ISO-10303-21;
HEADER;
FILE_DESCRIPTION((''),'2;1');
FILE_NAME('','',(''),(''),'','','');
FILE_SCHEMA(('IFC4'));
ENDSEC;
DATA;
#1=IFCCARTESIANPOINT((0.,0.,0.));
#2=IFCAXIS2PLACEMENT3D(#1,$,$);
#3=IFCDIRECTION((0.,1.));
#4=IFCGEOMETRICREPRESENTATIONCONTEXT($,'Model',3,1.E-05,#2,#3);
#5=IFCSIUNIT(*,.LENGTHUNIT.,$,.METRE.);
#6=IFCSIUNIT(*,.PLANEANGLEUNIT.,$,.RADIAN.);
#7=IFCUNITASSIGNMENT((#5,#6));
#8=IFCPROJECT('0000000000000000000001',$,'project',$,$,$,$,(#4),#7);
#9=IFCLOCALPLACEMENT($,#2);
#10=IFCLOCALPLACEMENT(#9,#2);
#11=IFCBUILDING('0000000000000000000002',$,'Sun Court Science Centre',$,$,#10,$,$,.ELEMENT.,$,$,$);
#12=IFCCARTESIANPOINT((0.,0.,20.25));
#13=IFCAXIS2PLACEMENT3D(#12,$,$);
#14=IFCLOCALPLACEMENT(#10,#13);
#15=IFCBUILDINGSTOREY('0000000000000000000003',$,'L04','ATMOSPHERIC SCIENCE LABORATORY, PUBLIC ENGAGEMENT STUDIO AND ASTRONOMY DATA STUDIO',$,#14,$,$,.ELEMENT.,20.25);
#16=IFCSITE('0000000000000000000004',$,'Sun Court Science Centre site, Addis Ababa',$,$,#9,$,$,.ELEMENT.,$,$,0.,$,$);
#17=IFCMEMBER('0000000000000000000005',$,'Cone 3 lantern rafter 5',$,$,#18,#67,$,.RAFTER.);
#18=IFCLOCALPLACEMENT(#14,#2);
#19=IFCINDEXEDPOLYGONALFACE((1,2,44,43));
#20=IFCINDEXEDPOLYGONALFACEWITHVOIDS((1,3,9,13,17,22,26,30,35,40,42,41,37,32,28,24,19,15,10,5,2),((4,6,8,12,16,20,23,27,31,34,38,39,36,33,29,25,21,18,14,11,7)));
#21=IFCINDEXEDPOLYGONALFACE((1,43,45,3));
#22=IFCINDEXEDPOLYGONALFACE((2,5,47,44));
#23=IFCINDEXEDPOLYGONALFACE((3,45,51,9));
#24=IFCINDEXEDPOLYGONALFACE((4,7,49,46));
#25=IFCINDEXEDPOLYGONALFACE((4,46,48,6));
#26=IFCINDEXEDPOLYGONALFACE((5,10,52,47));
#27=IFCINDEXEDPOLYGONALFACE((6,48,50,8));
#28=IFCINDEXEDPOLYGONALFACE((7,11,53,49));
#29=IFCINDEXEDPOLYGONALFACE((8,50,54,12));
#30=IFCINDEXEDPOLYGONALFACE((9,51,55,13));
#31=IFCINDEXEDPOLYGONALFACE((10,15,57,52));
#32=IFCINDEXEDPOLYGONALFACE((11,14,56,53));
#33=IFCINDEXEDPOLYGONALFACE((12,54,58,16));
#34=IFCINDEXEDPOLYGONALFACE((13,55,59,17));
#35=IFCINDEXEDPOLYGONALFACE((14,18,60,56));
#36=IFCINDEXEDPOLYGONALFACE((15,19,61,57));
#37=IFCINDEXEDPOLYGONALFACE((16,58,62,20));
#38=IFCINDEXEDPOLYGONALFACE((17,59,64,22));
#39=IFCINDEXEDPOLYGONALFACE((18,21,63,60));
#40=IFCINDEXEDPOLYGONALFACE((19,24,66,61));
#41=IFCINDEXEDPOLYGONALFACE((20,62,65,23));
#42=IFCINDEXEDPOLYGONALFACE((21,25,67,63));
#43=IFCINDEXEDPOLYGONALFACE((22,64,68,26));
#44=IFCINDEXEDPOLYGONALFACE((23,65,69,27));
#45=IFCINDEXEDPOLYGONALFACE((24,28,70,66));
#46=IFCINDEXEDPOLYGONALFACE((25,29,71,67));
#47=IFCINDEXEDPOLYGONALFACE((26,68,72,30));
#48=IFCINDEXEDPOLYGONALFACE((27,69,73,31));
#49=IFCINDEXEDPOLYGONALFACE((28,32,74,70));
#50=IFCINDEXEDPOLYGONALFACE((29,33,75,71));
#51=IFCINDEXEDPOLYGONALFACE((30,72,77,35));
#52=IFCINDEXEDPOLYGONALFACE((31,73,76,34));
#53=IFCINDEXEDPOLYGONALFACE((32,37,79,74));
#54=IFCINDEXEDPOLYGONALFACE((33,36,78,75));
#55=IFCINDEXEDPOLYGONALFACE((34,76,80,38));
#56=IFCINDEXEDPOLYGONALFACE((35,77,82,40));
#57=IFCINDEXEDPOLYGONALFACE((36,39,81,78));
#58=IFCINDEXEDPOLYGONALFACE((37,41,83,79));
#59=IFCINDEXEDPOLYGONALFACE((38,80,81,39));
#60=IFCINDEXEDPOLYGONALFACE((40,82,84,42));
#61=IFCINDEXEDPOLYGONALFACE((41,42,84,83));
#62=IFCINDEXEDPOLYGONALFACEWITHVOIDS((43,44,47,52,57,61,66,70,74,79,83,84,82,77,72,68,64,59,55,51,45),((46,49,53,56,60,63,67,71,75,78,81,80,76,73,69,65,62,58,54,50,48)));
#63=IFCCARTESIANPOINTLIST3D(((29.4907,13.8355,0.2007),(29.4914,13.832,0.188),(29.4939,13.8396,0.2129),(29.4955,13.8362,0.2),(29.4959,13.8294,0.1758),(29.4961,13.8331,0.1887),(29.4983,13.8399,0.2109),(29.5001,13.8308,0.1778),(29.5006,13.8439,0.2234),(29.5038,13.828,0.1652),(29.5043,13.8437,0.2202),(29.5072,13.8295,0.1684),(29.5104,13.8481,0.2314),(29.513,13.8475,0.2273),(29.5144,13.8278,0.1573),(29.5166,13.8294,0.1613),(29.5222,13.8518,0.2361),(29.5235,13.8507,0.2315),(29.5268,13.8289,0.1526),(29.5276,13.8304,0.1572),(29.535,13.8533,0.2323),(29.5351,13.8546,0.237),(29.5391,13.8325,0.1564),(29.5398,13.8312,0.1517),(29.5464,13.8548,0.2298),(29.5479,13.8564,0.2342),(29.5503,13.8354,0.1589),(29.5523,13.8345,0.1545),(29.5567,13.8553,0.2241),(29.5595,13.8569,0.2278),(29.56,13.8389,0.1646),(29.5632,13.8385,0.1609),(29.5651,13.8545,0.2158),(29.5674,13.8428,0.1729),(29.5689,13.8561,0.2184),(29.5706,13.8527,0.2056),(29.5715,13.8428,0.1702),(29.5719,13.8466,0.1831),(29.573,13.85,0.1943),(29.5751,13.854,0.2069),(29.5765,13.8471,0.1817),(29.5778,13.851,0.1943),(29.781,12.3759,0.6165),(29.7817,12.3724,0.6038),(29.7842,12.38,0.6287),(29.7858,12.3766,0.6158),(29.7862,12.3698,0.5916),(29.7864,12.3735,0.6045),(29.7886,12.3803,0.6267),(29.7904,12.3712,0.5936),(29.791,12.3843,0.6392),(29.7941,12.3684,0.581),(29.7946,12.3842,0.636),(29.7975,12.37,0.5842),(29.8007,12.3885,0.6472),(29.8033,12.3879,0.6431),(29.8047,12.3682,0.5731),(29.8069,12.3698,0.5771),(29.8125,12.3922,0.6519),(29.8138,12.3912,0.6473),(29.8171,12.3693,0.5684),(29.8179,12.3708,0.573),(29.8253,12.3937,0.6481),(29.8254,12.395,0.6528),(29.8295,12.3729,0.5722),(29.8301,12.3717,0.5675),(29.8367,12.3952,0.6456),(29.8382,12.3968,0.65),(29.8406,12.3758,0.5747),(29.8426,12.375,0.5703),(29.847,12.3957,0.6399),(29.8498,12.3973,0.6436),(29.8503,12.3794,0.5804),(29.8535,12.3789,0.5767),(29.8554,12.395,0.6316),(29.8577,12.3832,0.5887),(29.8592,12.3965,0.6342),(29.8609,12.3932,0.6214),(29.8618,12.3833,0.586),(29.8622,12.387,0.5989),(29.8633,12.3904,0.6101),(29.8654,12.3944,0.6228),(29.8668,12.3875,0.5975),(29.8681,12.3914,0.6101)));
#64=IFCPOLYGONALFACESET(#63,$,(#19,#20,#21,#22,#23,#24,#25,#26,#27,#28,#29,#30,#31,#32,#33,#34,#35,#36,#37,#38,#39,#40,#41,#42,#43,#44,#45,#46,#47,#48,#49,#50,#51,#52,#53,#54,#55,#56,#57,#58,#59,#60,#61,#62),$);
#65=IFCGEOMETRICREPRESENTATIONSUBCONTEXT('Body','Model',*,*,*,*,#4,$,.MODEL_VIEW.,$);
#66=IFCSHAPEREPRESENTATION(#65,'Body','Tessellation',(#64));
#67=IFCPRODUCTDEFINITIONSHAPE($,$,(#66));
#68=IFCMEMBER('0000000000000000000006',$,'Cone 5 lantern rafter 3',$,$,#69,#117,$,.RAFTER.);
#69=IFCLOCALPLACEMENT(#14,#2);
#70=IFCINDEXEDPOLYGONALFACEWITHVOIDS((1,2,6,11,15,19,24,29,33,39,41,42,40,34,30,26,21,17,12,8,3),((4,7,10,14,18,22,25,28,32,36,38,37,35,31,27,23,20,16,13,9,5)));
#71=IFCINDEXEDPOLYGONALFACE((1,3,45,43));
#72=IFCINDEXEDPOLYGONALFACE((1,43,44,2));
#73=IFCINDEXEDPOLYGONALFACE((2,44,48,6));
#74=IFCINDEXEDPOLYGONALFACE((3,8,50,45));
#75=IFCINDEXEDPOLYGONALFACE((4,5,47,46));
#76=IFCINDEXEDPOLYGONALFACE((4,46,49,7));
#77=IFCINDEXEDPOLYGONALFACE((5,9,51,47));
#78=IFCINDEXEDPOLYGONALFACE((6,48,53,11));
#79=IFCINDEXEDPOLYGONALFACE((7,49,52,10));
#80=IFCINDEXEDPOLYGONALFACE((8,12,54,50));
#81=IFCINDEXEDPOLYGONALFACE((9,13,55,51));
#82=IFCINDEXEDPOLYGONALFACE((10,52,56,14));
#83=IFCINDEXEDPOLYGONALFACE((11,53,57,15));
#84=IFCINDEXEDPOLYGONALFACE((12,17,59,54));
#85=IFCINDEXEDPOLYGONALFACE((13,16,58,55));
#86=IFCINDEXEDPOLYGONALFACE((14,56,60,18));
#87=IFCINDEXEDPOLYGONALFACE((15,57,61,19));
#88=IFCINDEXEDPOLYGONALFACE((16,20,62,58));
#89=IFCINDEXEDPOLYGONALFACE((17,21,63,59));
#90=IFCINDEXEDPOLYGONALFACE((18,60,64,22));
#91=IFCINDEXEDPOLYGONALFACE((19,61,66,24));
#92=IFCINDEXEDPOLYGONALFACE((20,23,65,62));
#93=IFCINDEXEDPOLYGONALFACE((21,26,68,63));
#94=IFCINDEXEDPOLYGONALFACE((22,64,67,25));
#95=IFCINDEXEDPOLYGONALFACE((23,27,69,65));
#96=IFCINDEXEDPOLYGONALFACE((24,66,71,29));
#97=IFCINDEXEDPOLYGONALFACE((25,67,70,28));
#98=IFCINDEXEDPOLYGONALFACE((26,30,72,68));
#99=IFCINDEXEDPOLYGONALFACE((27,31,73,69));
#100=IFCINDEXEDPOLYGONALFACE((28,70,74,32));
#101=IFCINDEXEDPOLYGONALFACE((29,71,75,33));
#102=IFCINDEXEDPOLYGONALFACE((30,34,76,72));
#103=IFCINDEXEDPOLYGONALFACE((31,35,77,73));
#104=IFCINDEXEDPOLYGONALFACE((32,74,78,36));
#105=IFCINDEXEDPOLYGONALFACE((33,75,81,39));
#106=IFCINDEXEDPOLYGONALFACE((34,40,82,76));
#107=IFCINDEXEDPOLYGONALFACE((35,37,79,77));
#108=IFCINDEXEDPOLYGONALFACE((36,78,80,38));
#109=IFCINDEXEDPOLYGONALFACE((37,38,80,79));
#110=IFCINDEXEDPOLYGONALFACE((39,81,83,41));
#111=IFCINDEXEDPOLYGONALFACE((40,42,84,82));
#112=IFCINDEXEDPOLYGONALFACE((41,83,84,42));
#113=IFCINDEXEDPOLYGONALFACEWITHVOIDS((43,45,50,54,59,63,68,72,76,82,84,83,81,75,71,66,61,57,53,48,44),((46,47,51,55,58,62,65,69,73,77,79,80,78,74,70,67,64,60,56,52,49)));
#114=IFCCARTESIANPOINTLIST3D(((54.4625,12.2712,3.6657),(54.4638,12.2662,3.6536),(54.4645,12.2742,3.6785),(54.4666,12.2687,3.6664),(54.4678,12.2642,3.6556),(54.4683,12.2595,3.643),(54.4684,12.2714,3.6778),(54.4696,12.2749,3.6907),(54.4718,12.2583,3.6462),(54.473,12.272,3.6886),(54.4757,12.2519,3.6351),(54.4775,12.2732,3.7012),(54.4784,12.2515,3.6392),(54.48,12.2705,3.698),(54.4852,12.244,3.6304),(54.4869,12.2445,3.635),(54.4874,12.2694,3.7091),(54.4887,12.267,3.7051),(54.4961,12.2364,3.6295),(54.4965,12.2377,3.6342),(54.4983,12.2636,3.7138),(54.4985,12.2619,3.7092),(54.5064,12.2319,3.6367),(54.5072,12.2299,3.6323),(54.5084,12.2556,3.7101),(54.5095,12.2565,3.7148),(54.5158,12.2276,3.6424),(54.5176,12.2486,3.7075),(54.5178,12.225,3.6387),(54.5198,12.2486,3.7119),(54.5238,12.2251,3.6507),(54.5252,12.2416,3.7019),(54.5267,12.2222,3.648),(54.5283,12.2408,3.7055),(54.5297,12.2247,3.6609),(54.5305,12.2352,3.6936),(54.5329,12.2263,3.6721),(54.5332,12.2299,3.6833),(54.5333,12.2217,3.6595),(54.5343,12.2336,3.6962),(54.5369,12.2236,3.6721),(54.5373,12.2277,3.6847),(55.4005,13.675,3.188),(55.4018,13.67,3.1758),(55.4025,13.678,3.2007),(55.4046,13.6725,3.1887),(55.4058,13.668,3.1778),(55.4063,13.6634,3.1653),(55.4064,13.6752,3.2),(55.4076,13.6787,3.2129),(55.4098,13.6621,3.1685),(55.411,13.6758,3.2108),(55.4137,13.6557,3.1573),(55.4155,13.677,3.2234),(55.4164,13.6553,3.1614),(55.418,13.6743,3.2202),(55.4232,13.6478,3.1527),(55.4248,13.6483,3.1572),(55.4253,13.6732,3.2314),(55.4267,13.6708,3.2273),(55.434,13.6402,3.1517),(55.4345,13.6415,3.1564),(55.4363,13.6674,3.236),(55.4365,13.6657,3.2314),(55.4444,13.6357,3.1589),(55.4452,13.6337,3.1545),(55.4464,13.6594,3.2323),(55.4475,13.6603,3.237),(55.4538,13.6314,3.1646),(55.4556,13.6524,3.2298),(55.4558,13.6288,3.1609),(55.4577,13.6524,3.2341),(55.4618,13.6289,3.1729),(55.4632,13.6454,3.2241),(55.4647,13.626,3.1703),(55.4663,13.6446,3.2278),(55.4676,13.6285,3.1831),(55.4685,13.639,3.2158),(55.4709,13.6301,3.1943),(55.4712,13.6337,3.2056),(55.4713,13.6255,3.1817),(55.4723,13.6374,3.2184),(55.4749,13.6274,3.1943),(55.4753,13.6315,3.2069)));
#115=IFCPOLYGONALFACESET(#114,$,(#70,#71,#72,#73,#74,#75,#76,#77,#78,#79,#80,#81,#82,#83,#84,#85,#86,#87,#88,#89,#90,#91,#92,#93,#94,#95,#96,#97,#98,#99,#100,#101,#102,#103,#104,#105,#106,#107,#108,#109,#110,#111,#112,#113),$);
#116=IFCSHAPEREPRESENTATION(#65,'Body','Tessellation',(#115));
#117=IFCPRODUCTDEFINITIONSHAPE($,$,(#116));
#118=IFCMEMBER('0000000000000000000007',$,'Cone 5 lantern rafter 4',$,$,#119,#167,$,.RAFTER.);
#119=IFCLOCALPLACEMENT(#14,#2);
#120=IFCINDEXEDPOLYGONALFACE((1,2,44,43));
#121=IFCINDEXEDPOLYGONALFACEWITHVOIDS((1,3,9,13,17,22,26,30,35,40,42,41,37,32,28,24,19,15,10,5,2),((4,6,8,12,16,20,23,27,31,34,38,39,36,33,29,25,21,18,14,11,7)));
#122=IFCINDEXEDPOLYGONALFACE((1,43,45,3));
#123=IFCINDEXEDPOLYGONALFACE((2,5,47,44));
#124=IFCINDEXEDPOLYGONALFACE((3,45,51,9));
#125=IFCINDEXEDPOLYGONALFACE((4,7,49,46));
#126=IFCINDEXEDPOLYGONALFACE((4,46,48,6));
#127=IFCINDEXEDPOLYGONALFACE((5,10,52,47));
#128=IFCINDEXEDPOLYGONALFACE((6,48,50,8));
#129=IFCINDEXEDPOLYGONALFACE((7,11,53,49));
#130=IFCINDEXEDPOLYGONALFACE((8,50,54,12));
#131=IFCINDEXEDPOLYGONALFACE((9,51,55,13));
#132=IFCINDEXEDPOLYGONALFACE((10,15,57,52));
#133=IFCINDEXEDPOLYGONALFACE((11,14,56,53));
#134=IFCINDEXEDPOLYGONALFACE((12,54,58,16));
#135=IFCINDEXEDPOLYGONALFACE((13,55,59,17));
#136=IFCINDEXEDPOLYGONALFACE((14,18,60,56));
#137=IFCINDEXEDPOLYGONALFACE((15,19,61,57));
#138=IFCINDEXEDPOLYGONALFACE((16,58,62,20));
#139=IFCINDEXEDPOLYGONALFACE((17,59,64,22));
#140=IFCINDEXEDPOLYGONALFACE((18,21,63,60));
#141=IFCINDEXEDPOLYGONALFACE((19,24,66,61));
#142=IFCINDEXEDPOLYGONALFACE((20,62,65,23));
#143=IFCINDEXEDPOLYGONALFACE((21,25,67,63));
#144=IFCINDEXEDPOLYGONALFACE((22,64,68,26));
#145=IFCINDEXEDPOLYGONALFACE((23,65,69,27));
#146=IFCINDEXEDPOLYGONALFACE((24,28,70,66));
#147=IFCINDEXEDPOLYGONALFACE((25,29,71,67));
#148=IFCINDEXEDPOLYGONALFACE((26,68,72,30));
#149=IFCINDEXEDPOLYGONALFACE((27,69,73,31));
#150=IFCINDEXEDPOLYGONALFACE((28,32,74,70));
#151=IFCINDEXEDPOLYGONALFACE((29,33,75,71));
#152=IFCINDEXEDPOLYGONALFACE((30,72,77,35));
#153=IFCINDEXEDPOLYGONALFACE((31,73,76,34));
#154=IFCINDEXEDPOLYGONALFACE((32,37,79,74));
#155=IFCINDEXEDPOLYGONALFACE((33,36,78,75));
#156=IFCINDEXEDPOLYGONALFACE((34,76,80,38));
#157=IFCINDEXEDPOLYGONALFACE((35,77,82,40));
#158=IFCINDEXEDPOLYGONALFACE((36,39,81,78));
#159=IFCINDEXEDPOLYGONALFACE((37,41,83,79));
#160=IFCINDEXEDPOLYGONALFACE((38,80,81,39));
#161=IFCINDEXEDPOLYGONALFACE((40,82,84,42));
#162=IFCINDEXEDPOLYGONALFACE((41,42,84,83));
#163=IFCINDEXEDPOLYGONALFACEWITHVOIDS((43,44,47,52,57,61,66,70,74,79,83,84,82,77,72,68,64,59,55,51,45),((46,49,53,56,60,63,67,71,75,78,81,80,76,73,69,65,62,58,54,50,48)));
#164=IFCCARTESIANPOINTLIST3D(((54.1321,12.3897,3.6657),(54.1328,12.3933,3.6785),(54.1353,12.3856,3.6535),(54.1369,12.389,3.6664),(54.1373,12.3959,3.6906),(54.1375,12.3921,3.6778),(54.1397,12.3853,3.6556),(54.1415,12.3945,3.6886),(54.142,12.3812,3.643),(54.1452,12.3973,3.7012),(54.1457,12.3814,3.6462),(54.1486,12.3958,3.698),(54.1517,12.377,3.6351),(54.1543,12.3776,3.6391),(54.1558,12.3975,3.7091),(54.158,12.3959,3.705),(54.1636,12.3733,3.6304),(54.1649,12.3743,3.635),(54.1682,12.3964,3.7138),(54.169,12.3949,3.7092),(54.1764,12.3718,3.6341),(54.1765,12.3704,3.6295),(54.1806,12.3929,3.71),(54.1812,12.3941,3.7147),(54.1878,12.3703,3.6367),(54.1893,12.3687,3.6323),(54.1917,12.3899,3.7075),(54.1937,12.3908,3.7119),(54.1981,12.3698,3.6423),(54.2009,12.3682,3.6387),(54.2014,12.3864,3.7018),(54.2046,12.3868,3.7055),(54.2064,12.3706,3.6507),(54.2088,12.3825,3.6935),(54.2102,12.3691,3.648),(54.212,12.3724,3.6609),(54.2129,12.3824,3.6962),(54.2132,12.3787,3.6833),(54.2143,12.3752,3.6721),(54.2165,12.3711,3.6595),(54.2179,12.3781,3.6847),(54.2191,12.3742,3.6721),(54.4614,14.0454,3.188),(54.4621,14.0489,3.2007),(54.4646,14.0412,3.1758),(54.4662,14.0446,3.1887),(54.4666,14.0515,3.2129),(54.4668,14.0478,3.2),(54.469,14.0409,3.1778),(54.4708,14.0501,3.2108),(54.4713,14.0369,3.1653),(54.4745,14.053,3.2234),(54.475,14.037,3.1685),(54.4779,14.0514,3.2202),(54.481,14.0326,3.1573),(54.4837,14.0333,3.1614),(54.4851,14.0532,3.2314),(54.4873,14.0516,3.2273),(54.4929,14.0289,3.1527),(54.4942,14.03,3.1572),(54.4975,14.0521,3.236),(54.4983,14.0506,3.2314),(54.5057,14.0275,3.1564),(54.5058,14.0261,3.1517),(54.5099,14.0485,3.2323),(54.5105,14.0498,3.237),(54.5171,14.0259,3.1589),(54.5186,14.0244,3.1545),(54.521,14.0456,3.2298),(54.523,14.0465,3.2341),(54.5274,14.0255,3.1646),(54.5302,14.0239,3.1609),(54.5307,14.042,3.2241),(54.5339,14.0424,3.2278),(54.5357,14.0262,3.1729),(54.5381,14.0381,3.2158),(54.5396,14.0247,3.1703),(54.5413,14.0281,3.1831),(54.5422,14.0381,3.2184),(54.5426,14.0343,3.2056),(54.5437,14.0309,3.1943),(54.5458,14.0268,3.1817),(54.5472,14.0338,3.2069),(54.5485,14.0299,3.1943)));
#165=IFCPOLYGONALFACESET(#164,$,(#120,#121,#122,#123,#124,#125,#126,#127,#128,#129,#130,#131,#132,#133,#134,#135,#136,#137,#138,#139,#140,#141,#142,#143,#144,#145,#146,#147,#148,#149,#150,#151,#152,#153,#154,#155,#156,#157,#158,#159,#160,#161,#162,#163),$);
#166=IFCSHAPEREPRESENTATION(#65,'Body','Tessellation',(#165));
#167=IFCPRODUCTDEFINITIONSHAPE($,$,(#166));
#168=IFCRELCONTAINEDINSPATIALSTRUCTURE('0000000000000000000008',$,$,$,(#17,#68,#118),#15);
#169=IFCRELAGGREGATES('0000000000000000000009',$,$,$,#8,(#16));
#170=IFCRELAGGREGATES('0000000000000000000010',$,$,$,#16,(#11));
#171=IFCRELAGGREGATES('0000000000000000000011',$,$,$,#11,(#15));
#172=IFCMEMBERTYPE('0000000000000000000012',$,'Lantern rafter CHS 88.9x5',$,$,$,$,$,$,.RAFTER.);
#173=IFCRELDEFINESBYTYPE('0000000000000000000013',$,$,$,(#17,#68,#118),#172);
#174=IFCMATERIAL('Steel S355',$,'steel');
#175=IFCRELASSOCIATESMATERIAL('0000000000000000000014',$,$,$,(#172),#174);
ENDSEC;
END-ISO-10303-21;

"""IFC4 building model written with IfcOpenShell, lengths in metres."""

from ifc_helpers import new_model, si_unit, direction, frame, origin, origin_2d, place, context, subcontext, project, spatial, hollow_circle, extrude, material, material_profile, profile_set, type_object, element, save


model = new_model("IFC4")

# Units and contexts
model_context = context("Model", 3, precision=1e-05, world=origin(), true_north=direction((0.0, 1.0)))
body_context = subcontext(model_context, "Body", "Model", "MODEL_VIEW")
ifc_project = project(units=[si_unit("LENGTHUNIT", "METRE"), si_unit("PLANEANGLEUNIT", "RADIAN")], contexts=[model_context])

# Site, building, storey
site_placement = place(None, origin())
site = spatial("IfcSite", under=ifc_project, at=site_placement, Name="Sun Court Science Centre site, Addis Ababa", CompositionType="ELEMENT", RefElevation=0.0)
building_placement = place(site_placement, origin())
building = spatial("IfcBuilding", under=site, at=building_placement, Name="Sun Court Science Centre", CompositionType="ELEMENT")
storey_placement = place(building_placement, frame((0.0, 0.0, 20.25)))
storey = spatial("IfcBuildingStorey", under=building, at=storey_placement, Name="L04", Description="ATMOSPHERIC SCIENCE LABORATORY, PUBLIC ENGAGEMENT STUDIO AND ASTRONOMY DATA STUDIO", CompositionType="ELEMENT", Elevation=20.25)

# Members
ifc_material_1 = material(Name="Steel S355", Category="steel")
ifc_material_profile_1 = material_profile(ifc_material_1, hollow_circle(Radius=0.0444, WallThickness=0.0049, at=origin_2d()), Name="CHS 88.9x5")
ifc_profile_set_1 = profile_set([ifc_material_profile_1], Name="Steel S355")
member_type_1 = type_object("IfcMemberType", Name="Lantern rafter CHS 88.9x5", PredefinedType="RAFTER", material=ifc_profile_set_1)
for number, where, z_axis, x_axis, name in (
    (1, (29.5342, 13.8423, 0.1943), (0.187879, -0.94461, 0.269098), (0.980788, 0.195075, 0.0), "Cone 3 lantern rafter 5"),
):
    element("IfcMember", number, at=place(storey_placement, frame(where, z_axis=z_axis, x_axis=x_axis)), inside=storey, type_object=member_type_1, Name=name, PredefinedType="RAFTER", context=body_context, shape_type="SweptSolid", body=[
        extrude(hollow_circle(Radius=0.0444, WallThickness=0.0049, at=origin_2d()), origin(), (0.0, 0.0, 1.0), 1.5452),
    ])
member_1_placement = place(storey_placement, frame((55.438, 13.6521, 3.1943), z_axis=(-0.534575, -0.800053, 0.272296), x_axis=(0.831471, -0.555568, 0.0)))
element("IfcMember", 2, at=member_1_placement, inside=storey, type_object=member_type_1, Name="Cone 5 lantern rafter 3", PredefinedType="RAFTER", context=body_context, shape_type="SweptSolid", body=[
    extrude(hollow_circle(Radius=0.0444, WallThickness=0.0049, at=origin_2d()), origin(), (0.0, 0.0, 1.0), 1.7546),
])
for number, where, z_axis, x_axis, name in (
    (3, (54.5049, 14.0386, 3.1943), (-0.187714, -0.943719, 0.272318), (0.980786, -0.195087, 0.0), "Cone 5 lantern rafter 4"),
):
    element("IfcMember", number, at=place(storey_placement, frame(where, z_axis=z_axis, x_axis=x_axis)), inside=storey, type_object=member_type_1, Name=name, PredefinedType="RAFTER", context=body_context, shape_type="SweptSolid", body=[
        extrude(hollow_circle(Radius=0.0444, WallThickness=0.0049, at=origin_2d()), origin(), (0.0, 0.0, 1.0), 1.7544),
    ])

save(model, "model.ifc")
